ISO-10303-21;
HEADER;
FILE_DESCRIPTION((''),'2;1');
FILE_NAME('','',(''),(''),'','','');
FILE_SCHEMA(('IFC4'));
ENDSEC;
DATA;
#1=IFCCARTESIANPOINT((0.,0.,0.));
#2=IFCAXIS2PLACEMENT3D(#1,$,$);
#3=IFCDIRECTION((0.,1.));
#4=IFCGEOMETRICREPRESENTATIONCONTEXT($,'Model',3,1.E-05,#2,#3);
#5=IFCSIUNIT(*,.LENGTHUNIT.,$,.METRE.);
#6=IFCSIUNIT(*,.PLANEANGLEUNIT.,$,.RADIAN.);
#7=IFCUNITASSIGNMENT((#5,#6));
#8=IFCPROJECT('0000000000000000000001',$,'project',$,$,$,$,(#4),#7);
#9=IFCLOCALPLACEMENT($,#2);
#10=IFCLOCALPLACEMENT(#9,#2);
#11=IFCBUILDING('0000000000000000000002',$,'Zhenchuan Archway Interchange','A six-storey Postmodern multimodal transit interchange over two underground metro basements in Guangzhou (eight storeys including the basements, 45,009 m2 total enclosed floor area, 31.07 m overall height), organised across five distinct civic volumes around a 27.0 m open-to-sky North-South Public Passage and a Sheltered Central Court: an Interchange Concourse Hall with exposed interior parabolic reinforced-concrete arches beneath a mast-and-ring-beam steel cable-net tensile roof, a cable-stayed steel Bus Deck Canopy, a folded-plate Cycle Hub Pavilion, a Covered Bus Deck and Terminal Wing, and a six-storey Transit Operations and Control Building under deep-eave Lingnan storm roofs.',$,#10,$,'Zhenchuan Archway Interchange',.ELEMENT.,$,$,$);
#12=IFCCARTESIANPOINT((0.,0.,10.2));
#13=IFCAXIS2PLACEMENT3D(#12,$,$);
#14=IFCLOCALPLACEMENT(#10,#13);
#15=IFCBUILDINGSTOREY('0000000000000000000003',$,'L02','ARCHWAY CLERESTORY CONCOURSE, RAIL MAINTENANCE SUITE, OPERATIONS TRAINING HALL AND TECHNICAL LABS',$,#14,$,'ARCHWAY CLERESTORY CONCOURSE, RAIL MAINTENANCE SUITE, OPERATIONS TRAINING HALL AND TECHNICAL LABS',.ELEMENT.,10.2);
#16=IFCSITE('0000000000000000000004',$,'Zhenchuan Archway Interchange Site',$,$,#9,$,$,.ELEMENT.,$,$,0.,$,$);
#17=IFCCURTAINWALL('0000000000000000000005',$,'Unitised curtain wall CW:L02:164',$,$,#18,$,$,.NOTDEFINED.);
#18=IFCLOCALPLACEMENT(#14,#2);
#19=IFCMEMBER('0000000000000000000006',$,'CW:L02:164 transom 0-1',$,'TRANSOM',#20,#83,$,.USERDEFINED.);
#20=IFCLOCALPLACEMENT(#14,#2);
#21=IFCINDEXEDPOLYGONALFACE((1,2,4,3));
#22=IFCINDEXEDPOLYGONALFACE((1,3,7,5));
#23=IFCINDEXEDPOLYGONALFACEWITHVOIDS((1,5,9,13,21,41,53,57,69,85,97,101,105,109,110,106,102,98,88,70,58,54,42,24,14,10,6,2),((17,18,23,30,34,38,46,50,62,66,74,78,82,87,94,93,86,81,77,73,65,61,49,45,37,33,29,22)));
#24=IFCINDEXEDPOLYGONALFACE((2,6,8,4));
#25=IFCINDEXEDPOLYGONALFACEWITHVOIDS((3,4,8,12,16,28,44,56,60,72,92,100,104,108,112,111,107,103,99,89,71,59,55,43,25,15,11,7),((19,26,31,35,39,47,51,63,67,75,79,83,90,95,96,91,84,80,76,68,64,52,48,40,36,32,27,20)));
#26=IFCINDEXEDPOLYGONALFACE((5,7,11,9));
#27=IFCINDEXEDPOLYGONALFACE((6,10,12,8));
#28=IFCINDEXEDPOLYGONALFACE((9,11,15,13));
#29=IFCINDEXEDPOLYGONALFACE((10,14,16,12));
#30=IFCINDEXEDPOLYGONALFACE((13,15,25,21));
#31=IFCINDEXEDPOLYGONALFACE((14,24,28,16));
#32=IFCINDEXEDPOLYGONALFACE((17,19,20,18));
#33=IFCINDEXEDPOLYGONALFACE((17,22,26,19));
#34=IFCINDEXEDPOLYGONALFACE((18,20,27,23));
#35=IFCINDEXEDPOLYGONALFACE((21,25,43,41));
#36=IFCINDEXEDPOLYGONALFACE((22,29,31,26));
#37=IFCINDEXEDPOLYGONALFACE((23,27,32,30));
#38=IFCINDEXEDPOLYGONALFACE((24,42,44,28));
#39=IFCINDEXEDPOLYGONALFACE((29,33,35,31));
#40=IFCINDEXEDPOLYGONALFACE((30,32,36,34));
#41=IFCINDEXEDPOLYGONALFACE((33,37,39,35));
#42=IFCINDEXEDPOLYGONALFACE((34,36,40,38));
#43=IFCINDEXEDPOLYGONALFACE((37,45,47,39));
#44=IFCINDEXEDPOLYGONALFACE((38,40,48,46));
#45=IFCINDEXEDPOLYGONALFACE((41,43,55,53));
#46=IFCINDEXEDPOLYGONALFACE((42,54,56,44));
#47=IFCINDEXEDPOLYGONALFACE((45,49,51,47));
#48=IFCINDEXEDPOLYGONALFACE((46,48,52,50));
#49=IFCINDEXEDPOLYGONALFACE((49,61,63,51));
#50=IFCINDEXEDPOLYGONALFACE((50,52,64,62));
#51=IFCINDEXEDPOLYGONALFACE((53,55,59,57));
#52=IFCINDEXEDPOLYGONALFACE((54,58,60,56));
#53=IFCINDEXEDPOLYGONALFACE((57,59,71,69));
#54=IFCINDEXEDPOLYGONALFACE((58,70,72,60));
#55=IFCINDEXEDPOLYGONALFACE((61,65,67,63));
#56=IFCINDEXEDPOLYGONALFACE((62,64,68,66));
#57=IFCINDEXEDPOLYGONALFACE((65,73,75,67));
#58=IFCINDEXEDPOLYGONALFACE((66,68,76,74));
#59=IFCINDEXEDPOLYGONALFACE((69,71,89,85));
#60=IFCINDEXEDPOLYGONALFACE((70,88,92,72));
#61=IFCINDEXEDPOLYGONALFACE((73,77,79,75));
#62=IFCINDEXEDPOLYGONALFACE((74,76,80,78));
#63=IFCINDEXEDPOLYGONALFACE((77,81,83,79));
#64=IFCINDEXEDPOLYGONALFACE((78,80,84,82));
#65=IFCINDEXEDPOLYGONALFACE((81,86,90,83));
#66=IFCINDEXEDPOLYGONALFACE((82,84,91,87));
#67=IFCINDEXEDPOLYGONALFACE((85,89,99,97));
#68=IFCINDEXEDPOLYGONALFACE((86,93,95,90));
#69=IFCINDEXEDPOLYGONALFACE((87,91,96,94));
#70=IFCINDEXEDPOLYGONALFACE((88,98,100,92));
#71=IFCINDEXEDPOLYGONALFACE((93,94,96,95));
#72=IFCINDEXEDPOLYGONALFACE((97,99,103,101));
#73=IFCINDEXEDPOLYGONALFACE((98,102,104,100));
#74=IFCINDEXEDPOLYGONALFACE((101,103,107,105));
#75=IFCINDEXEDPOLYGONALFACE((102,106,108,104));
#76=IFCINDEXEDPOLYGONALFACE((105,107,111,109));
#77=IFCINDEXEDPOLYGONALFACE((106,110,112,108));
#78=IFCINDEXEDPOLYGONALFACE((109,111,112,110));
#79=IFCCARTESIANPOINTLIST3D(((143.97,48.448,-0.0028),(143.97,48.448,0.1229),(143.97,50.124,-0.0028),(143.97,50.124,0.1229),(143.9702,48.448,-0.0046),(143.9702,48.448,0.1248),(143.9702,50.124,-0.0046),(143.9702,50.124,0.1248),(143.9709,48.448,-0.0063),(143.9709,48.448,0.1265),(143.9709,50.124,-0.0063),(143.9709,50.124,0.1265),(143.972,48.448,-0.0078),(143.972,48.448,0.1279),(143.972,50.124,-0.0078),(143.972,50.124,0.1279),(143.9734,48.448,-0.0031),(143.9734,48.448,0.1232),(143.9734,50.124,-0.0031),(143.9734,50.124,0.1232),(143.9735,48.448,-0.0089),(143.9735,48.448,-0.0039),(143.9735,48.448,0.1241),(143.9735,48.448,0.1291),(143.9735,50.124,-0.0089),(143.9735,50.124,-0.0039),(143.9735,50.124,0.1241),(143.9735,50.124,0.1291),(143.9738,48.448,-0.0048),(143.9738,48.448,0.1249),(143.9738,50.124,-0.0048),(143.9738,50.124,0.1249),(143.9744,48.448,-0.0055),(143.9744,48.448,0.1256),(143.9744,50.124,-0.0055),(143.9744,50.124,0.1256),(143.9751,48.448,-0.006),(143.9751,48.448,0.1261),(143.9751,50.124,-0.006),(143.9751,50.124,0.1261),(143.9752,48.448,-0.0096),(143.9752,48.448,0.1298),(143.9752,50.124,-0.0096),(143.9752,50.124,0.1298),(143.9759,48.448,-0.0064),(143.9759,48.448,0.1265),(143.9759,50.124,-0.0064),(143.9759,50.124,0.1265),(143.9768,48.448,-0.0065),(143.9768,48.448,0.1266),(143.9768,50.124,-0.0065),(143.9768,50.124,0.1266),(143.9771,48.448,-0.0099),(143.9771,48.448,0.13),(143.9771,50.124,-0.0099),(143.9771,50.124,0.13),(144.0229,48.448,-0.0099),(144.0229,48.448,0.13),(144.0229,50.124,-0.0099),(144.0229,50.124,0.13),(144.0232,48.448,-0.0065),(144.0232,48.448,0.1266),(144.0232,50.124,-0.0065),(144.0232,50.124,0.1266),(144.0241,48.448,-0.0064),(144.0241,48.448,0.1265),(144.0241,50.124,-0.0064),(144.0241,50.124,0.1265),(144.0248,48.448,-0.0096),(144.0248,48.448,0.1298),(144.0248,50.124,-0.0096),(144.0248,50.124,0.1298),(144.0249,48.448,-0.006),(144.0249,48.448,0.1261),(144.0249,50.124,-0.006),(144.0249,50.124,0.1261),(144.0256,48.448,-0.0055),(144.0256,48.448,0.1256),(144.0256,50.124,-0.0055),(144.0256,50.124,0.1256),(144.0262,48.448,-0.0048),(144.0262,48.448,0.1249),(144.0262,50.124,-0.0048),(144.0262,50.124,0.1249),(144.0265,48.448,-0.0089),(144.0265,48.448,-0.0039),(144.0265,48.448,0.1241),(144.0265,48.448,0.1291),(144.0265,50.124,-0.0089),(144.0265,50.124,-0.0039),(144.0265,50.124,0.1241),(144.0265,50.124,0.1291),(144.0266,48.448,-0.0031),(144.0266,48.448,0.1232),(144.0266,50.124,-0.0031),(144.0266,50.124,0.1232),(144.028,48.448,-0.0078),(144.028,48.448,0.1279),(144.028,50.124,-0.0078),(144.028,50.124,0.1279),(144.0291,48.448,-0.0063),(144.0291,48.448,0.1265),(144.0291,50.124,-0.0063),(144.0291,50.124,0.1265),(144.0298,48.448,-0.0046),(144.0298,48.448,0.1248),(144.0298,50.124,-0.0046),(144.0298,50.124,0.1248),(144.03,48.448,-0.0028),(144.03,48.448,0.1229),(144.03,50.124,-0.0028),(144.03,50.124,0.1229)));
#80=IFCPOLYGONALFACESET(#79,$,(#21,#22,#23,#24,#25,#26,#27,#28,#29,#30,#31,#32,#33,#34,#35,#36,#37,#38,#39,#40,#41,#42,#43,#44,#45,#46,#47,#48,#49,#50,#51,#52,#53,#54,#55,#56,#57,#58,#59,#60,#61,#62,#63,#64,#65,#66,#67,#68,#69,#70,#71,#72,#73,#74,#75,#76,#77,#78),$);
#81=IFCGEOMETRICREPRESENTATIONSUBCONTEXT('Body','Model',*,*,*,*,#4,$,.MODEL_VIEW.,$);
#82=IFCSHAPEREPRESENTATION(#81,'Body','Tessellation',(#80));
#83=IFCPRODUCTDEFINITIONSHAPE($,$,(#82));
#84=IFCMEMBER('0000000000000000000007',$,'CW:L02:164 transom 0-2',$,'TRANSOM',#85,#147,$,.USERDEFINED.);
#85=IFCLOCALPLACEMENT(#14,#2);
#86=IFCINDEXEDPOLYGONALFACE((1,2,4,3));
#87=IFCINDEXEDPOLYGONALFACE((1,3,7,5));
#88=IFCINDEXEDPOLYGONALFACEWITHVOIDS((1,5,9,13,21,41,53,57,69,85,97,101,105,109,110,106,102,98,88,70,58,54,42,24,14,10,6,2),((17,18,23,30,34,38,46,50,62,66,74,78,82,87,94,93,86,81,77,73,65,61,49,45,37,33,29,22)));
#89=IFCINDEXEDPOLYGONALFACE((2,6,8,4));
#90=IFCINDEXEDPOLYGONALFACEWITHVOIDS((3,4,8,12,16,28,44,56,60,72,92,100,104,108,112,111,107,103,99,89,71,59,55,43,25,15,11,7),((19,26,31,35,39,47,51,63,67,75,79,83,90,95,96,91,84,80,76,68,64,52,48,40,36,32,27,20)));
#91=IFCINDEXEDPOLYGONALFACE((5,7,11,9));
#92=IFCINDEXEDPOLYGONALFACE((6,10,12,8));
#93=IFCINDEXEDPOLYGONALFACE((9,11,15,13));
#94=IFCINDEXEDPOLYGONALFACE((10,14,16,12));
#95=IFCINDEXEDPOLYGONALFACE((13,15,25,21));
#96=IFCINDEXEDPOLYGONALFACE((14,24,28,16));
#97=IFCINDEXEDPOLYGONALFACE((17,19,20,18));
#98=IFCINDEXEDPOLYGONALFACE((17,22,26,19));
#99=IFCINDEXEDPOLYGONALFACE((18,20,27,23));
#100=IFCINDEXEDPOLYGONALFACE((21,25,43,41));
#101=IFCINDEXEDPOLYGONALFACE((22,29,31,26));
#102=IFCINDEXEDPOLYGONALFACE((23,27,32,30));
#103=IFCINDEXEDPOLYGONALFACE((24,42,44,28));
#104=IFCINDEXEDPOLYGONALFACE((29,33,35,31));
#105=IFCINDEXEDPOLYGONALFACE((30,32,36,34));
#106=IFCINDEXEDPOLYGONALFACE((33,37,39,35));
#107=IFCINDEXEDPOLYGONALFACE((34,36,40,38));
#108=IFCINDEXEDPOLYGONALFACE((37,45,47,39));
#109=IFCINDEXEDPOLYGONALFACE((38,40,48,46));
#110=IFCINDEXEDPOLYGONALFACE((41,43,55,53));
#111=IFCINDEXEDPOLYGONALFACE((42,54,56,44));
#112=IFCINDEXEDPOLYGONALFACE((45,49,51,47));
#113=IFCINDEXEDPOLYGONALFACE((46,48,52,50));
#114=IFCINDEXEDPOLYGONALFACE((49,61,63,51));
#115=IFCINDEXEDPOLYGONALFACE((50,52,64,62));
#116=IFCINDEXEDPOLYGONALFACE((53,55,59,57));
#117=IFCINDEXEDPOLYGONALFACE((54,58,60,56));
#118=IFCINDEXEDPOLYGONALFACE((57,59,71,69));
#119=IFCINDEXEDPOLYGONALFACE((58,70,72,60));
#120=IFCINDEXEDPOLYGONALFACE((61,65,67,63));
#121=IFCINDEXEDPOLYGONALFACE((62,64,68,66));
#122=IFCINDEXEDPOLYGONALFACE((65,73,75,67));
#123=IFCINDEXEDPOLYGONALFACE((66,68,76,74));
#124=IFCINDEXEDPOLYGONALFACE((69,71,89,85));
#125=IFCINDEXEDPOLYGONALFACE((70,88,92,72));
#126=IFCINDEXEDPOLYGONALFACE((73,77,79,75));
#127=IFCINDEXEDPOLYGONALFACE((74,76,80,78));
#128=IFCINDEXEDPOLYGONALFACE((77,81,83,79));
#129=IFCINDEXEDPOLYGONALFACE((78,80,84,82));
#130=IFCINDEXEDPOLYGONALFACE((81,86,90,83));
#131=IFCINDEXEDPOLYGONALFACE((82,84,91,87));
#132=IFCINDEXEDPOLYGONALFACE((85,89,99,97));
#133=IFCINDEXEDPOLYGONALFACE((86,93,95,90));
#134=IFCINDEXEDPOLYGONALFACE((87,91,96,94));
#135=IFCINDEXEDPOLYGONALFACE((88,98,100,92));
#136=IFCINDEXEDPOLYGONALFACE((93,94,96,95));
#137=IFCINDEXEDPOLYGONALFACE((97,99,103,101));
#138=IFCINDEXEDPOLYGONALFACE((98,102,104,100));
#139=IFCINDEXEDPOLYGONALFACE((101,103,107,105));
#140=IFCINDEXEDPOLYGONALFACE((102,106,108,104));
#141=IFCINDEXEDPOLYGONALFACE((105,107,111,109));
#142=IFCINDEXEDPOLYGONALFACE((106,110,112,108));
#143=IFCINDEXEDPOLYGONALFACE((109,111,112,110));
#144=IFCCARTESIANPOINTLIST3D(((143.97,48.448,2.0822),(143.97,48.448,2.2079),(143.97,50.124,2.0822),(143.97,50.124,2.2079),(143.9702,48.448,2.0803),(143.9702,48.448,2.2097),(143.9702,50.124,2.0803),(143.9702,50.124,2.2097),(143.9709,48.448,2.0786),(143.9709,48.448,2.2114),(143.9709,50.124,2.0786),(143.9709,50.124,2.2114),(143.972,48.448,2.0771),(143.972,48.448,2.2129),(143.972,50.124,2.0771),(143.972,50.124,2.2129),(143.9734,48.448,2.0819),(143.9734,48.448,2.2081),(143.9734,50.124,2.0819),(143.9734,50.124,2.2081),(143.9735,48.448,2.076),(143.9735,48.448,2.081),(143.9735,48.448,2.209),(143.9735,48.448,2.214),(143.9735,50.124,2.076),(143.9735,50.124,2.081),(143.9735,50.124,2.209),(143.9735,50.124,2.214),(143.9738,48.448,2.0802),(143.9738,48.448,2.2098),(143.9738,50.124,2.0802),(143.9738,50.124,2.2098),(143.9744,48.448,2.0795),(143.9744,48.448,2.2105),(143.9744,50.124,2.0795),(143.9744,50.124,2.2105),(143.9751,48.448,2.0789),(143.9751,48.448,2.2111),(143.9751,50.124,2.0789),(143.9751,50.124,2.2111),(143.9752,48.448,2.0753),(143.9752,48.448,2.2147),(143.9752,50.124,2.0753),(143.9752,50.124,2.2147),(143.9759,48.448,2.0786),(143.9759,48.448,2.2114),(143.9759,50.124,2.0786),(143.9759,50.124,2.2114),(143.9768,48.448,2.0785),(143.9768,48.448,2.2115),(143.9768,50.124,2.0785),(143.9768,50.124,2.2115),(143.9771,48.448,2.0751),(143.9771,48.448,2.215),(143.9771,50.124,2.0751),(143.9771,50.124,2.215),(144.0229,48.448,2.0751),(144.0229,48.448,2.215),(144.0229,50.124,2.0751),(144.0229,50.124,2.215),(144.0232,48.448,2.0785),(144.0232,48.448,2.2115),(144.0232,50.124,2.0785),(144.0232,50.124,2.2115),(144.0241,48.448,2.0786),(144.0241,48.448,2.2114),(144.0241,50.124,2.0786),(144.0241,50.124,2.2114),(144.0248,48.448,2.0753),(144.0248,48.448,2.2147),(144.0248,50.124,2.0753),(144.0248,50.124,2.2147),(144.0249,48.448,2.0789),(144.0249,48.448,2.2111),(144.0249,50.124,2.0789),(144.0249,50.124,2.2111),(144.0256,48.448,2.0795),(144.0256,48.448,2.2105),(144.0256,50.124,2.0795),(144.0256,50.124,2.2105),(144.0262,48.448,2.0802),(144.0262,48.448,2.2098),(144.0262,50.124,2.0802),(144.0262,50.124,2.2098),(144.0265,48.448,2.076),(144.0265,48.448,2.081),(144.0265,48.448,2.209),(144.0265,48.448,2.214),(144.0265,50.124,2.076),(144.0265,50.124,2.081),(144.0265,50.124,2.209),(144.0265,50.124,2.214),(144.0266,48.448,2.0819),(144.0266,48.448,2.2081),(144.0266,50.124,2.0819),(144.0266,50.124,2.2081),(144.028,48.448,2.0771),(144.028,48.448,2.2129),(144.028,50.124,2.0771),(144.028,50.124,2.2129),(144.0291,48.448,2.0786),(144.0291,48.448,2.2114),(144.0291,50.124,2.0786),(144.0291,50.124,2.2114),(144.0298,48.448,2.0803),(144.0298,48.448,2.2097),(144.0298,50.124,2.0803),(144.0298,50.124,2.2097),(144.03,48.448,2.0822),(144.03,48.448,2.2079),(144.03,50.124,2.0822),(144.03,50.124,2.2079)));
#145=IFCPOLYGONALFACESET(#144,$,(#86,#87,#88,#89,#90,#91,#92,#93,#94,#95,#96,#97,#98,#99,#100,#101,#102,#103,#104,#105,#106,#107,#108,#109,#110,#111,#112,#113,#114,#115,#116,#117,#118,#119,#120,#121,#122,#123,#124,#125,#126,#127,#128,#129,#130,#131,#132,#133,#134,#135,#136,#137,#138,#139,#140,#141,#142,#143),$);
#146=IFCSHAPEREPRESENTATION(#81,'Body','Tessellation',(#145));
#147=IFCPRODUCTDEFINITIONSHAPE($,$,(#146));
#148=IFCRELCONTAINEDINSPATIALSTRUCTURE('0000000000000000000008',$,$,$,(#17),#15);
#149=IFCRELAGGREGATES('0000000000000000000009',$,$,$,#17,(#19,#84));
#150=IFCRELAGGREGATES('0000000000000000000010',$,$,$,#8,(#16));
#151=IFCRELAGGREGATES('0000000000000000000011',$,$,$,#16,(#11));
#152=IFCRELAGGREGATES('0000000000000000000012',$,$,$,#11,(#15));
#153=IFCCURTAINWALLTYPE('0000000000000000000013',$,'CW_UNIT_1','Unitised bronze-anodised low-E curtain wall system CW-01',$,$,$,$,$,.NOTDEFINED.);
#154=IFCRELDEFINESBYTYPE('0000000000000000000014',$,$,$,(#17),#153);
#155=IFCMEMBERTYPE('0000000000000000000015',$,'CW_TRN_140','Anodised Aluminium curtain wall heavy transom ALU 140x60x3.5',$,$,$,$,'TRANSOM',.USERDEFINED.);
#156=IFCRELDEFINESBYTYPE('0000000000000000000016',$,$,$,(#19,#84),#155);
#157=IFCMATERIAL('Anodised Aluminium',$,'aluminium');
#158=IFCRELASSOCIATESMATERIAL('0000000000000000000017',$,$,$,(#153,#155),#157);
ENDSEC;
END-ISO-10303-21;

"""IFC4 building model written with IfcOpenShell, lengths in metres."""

from ifc_helpers import new_model, si_unit, direction, frame, origin, origin_2d, place, context, subcontext, project, spatial, hollow_rectangle, extrude, material, material_profile, profile_set, type_object, element, aggregate, save


model = new_model("IFC4")

# Units and contexts
model_context = context("Model", 3, precision=1e-05, world=origin(), true_north=direction((0.0, 1.0)))
body_context = subcontext(model_context, "Body", "Model", "MODEL_VIEW")
ifc_project = project(units=[si_unit("LENGTHUNIT", "METRE"), si_unit("PLANEANGLEUNIT", "RADIAN")], contexts=[model_context])

# Site, building, storey
site_placement = place(None, origin())
site = spatial("IfcSite", under=ifc_project, at=site_placement, Name="Zhenchuan Archway Interchange Site", CompositionType="ELEMENT", RefElevation=0.0)
building_placement = place(site_placement, origin())
building = spatial("IfcBuilding", under=site, at=building_placement, Name="Zhenchuan Archway Interchange", Description="A six-storey Postmodern multimodal transit interchange over two underground metro basements in Guangzhou (eight storeys including the basements, 45,009 m2 total enclosed floor area, 31.07 m overall height), organised across five distinct civic volumes around a 27.0 m open-to-sky North-South Public Passage and a Sheltered Central Court: an Interchange Concourse Hall with exposed interior parabolic reinforced-concrete arches beneath a mast-and-ring-beam steel cable-net tensile roof, a cable-stayed steel Bus Deck Canopy, a folded-plate Cycle Hub Pavilion, a Covered Bus Deck and Terminal Wing, and a six-storey Transit Operations and Control Building under deep-eave Lingnan storm roofs.", LongName="Zhenchuan Archway Interchange", CompositionType="ELEMENT")
storey_placement = place(building_placement, frame((0.0, 0.0, 10.2)))
storey = spatial("IfcBuildingStorey", under=building, at=storey_placement, Name="L02", Description="ARCHWAY CLERESTORY CONCOURSE, RAIL MAINTENANCE SUITE, OPERATIONS TRAINING HALL AND TECHNICAL LABS", LongName="ARCHWAY CLERESTORY CONCOURSE, RAIL MAINTENANCE SUITE, OPERATIONS TRAINING HALL AND TECHNICAL LABS", CompositionType="ELEMENT", Elevation=10.2)

# Curtain wall, members
ifc_material_1 = material(Name="Anodised Aluminium", Category="aluminium")
curtain_wall_type = type_object("IfcCurtainWallType", Name="CW_UNIT_1", Description="Unitised bronze-anodised low-E curtain wall system CW-01", PredefinedType="NOTDEFINED", material=ifc_material_1)
curtain_wall_placement = place(storey_placement, origin())
curtain_wall = element("IfcCurtainWall", 1, at=curtain_wall_placement, inside=storey, type_object=curtain_wall_type, Name="Unitised curtain wall CW:L02:164", PredefinedType="NOTDEFINED")
ifc_material_profile_1 = material_profile(ifc_material_1, hollow_rectangle(XDim=0.0601, YDim=0.1399, WallThickness=0.0034, InnerFilletRadius=0.0034, OuterFilletRadius=0.0071, at=origin_2d()), Name="ALU 140x60x3.5")
ifc_profile_set_1 = profile_set([ifc_material_profile_1], Name="Anodised Aluminium")
member_type_1 = type_object("IfcMemberType", Name="CW_TRN_140", Description="Anodised Aluminium curtain wall heavy transom ALU 140x60x3.5", ElementType="TRANSOM", PredefinedType="USERDEFINED", material=ifc_profile_set_1)
member_1_placement = place(storey_placement, frame((144.0, 48.448, 0.0601), z_axis=(0.0, 1.0, 0.0), x_axis=(-1.0, 0.0, 0.0)))
member_1 = element("IfcMember", 2, at=member_1_placement, type_object=member_type_1, Name="CW:L02:164 transom 0-1", ObjectType="TRANSOM", PredefinedType="USERDEFINED", context=body_context, shape_type="SweptSolid", body=[
    extrude(hollow_rectangle(XDim=0.0601, YDim=0.1399, WallThickness=0.0034, InnerFilletRadius=0.0034, OuterFilletRadius=0.0071, at=origin_2d()), origin(), (0.0, 0.0, 1.0), 1.676),
])
member_2_placement = place(storey_placement, frame((144.0, 48.448, 2.145), z_axis=(0.0, 1.0, 0.0), x_axis=(-1.0, 0.0, 0.0)))
member_2 = element("IfcMember", 3, at=member_2_placement, type_object=member_type_1, Name="CW:L02:164 transom 0-2", ObjectType="TRANSOM", PredefinedType="USERDEFINED", context=body_context, shape_type="SweptSolid", body=[
    extrude(hollow_rectangle(XDim=0.0601, YDim=0.1399, WallThickness=0.0034, InnerFilletRadius=0.0034, OuterFilletRadius=0.0071, at=origin_2d()), origin(), (0.0, 0.0, 1.0), 1.676),
])

aggregate(curtain_wall, [member_1, member_2])

save(model, "model.ifc")
